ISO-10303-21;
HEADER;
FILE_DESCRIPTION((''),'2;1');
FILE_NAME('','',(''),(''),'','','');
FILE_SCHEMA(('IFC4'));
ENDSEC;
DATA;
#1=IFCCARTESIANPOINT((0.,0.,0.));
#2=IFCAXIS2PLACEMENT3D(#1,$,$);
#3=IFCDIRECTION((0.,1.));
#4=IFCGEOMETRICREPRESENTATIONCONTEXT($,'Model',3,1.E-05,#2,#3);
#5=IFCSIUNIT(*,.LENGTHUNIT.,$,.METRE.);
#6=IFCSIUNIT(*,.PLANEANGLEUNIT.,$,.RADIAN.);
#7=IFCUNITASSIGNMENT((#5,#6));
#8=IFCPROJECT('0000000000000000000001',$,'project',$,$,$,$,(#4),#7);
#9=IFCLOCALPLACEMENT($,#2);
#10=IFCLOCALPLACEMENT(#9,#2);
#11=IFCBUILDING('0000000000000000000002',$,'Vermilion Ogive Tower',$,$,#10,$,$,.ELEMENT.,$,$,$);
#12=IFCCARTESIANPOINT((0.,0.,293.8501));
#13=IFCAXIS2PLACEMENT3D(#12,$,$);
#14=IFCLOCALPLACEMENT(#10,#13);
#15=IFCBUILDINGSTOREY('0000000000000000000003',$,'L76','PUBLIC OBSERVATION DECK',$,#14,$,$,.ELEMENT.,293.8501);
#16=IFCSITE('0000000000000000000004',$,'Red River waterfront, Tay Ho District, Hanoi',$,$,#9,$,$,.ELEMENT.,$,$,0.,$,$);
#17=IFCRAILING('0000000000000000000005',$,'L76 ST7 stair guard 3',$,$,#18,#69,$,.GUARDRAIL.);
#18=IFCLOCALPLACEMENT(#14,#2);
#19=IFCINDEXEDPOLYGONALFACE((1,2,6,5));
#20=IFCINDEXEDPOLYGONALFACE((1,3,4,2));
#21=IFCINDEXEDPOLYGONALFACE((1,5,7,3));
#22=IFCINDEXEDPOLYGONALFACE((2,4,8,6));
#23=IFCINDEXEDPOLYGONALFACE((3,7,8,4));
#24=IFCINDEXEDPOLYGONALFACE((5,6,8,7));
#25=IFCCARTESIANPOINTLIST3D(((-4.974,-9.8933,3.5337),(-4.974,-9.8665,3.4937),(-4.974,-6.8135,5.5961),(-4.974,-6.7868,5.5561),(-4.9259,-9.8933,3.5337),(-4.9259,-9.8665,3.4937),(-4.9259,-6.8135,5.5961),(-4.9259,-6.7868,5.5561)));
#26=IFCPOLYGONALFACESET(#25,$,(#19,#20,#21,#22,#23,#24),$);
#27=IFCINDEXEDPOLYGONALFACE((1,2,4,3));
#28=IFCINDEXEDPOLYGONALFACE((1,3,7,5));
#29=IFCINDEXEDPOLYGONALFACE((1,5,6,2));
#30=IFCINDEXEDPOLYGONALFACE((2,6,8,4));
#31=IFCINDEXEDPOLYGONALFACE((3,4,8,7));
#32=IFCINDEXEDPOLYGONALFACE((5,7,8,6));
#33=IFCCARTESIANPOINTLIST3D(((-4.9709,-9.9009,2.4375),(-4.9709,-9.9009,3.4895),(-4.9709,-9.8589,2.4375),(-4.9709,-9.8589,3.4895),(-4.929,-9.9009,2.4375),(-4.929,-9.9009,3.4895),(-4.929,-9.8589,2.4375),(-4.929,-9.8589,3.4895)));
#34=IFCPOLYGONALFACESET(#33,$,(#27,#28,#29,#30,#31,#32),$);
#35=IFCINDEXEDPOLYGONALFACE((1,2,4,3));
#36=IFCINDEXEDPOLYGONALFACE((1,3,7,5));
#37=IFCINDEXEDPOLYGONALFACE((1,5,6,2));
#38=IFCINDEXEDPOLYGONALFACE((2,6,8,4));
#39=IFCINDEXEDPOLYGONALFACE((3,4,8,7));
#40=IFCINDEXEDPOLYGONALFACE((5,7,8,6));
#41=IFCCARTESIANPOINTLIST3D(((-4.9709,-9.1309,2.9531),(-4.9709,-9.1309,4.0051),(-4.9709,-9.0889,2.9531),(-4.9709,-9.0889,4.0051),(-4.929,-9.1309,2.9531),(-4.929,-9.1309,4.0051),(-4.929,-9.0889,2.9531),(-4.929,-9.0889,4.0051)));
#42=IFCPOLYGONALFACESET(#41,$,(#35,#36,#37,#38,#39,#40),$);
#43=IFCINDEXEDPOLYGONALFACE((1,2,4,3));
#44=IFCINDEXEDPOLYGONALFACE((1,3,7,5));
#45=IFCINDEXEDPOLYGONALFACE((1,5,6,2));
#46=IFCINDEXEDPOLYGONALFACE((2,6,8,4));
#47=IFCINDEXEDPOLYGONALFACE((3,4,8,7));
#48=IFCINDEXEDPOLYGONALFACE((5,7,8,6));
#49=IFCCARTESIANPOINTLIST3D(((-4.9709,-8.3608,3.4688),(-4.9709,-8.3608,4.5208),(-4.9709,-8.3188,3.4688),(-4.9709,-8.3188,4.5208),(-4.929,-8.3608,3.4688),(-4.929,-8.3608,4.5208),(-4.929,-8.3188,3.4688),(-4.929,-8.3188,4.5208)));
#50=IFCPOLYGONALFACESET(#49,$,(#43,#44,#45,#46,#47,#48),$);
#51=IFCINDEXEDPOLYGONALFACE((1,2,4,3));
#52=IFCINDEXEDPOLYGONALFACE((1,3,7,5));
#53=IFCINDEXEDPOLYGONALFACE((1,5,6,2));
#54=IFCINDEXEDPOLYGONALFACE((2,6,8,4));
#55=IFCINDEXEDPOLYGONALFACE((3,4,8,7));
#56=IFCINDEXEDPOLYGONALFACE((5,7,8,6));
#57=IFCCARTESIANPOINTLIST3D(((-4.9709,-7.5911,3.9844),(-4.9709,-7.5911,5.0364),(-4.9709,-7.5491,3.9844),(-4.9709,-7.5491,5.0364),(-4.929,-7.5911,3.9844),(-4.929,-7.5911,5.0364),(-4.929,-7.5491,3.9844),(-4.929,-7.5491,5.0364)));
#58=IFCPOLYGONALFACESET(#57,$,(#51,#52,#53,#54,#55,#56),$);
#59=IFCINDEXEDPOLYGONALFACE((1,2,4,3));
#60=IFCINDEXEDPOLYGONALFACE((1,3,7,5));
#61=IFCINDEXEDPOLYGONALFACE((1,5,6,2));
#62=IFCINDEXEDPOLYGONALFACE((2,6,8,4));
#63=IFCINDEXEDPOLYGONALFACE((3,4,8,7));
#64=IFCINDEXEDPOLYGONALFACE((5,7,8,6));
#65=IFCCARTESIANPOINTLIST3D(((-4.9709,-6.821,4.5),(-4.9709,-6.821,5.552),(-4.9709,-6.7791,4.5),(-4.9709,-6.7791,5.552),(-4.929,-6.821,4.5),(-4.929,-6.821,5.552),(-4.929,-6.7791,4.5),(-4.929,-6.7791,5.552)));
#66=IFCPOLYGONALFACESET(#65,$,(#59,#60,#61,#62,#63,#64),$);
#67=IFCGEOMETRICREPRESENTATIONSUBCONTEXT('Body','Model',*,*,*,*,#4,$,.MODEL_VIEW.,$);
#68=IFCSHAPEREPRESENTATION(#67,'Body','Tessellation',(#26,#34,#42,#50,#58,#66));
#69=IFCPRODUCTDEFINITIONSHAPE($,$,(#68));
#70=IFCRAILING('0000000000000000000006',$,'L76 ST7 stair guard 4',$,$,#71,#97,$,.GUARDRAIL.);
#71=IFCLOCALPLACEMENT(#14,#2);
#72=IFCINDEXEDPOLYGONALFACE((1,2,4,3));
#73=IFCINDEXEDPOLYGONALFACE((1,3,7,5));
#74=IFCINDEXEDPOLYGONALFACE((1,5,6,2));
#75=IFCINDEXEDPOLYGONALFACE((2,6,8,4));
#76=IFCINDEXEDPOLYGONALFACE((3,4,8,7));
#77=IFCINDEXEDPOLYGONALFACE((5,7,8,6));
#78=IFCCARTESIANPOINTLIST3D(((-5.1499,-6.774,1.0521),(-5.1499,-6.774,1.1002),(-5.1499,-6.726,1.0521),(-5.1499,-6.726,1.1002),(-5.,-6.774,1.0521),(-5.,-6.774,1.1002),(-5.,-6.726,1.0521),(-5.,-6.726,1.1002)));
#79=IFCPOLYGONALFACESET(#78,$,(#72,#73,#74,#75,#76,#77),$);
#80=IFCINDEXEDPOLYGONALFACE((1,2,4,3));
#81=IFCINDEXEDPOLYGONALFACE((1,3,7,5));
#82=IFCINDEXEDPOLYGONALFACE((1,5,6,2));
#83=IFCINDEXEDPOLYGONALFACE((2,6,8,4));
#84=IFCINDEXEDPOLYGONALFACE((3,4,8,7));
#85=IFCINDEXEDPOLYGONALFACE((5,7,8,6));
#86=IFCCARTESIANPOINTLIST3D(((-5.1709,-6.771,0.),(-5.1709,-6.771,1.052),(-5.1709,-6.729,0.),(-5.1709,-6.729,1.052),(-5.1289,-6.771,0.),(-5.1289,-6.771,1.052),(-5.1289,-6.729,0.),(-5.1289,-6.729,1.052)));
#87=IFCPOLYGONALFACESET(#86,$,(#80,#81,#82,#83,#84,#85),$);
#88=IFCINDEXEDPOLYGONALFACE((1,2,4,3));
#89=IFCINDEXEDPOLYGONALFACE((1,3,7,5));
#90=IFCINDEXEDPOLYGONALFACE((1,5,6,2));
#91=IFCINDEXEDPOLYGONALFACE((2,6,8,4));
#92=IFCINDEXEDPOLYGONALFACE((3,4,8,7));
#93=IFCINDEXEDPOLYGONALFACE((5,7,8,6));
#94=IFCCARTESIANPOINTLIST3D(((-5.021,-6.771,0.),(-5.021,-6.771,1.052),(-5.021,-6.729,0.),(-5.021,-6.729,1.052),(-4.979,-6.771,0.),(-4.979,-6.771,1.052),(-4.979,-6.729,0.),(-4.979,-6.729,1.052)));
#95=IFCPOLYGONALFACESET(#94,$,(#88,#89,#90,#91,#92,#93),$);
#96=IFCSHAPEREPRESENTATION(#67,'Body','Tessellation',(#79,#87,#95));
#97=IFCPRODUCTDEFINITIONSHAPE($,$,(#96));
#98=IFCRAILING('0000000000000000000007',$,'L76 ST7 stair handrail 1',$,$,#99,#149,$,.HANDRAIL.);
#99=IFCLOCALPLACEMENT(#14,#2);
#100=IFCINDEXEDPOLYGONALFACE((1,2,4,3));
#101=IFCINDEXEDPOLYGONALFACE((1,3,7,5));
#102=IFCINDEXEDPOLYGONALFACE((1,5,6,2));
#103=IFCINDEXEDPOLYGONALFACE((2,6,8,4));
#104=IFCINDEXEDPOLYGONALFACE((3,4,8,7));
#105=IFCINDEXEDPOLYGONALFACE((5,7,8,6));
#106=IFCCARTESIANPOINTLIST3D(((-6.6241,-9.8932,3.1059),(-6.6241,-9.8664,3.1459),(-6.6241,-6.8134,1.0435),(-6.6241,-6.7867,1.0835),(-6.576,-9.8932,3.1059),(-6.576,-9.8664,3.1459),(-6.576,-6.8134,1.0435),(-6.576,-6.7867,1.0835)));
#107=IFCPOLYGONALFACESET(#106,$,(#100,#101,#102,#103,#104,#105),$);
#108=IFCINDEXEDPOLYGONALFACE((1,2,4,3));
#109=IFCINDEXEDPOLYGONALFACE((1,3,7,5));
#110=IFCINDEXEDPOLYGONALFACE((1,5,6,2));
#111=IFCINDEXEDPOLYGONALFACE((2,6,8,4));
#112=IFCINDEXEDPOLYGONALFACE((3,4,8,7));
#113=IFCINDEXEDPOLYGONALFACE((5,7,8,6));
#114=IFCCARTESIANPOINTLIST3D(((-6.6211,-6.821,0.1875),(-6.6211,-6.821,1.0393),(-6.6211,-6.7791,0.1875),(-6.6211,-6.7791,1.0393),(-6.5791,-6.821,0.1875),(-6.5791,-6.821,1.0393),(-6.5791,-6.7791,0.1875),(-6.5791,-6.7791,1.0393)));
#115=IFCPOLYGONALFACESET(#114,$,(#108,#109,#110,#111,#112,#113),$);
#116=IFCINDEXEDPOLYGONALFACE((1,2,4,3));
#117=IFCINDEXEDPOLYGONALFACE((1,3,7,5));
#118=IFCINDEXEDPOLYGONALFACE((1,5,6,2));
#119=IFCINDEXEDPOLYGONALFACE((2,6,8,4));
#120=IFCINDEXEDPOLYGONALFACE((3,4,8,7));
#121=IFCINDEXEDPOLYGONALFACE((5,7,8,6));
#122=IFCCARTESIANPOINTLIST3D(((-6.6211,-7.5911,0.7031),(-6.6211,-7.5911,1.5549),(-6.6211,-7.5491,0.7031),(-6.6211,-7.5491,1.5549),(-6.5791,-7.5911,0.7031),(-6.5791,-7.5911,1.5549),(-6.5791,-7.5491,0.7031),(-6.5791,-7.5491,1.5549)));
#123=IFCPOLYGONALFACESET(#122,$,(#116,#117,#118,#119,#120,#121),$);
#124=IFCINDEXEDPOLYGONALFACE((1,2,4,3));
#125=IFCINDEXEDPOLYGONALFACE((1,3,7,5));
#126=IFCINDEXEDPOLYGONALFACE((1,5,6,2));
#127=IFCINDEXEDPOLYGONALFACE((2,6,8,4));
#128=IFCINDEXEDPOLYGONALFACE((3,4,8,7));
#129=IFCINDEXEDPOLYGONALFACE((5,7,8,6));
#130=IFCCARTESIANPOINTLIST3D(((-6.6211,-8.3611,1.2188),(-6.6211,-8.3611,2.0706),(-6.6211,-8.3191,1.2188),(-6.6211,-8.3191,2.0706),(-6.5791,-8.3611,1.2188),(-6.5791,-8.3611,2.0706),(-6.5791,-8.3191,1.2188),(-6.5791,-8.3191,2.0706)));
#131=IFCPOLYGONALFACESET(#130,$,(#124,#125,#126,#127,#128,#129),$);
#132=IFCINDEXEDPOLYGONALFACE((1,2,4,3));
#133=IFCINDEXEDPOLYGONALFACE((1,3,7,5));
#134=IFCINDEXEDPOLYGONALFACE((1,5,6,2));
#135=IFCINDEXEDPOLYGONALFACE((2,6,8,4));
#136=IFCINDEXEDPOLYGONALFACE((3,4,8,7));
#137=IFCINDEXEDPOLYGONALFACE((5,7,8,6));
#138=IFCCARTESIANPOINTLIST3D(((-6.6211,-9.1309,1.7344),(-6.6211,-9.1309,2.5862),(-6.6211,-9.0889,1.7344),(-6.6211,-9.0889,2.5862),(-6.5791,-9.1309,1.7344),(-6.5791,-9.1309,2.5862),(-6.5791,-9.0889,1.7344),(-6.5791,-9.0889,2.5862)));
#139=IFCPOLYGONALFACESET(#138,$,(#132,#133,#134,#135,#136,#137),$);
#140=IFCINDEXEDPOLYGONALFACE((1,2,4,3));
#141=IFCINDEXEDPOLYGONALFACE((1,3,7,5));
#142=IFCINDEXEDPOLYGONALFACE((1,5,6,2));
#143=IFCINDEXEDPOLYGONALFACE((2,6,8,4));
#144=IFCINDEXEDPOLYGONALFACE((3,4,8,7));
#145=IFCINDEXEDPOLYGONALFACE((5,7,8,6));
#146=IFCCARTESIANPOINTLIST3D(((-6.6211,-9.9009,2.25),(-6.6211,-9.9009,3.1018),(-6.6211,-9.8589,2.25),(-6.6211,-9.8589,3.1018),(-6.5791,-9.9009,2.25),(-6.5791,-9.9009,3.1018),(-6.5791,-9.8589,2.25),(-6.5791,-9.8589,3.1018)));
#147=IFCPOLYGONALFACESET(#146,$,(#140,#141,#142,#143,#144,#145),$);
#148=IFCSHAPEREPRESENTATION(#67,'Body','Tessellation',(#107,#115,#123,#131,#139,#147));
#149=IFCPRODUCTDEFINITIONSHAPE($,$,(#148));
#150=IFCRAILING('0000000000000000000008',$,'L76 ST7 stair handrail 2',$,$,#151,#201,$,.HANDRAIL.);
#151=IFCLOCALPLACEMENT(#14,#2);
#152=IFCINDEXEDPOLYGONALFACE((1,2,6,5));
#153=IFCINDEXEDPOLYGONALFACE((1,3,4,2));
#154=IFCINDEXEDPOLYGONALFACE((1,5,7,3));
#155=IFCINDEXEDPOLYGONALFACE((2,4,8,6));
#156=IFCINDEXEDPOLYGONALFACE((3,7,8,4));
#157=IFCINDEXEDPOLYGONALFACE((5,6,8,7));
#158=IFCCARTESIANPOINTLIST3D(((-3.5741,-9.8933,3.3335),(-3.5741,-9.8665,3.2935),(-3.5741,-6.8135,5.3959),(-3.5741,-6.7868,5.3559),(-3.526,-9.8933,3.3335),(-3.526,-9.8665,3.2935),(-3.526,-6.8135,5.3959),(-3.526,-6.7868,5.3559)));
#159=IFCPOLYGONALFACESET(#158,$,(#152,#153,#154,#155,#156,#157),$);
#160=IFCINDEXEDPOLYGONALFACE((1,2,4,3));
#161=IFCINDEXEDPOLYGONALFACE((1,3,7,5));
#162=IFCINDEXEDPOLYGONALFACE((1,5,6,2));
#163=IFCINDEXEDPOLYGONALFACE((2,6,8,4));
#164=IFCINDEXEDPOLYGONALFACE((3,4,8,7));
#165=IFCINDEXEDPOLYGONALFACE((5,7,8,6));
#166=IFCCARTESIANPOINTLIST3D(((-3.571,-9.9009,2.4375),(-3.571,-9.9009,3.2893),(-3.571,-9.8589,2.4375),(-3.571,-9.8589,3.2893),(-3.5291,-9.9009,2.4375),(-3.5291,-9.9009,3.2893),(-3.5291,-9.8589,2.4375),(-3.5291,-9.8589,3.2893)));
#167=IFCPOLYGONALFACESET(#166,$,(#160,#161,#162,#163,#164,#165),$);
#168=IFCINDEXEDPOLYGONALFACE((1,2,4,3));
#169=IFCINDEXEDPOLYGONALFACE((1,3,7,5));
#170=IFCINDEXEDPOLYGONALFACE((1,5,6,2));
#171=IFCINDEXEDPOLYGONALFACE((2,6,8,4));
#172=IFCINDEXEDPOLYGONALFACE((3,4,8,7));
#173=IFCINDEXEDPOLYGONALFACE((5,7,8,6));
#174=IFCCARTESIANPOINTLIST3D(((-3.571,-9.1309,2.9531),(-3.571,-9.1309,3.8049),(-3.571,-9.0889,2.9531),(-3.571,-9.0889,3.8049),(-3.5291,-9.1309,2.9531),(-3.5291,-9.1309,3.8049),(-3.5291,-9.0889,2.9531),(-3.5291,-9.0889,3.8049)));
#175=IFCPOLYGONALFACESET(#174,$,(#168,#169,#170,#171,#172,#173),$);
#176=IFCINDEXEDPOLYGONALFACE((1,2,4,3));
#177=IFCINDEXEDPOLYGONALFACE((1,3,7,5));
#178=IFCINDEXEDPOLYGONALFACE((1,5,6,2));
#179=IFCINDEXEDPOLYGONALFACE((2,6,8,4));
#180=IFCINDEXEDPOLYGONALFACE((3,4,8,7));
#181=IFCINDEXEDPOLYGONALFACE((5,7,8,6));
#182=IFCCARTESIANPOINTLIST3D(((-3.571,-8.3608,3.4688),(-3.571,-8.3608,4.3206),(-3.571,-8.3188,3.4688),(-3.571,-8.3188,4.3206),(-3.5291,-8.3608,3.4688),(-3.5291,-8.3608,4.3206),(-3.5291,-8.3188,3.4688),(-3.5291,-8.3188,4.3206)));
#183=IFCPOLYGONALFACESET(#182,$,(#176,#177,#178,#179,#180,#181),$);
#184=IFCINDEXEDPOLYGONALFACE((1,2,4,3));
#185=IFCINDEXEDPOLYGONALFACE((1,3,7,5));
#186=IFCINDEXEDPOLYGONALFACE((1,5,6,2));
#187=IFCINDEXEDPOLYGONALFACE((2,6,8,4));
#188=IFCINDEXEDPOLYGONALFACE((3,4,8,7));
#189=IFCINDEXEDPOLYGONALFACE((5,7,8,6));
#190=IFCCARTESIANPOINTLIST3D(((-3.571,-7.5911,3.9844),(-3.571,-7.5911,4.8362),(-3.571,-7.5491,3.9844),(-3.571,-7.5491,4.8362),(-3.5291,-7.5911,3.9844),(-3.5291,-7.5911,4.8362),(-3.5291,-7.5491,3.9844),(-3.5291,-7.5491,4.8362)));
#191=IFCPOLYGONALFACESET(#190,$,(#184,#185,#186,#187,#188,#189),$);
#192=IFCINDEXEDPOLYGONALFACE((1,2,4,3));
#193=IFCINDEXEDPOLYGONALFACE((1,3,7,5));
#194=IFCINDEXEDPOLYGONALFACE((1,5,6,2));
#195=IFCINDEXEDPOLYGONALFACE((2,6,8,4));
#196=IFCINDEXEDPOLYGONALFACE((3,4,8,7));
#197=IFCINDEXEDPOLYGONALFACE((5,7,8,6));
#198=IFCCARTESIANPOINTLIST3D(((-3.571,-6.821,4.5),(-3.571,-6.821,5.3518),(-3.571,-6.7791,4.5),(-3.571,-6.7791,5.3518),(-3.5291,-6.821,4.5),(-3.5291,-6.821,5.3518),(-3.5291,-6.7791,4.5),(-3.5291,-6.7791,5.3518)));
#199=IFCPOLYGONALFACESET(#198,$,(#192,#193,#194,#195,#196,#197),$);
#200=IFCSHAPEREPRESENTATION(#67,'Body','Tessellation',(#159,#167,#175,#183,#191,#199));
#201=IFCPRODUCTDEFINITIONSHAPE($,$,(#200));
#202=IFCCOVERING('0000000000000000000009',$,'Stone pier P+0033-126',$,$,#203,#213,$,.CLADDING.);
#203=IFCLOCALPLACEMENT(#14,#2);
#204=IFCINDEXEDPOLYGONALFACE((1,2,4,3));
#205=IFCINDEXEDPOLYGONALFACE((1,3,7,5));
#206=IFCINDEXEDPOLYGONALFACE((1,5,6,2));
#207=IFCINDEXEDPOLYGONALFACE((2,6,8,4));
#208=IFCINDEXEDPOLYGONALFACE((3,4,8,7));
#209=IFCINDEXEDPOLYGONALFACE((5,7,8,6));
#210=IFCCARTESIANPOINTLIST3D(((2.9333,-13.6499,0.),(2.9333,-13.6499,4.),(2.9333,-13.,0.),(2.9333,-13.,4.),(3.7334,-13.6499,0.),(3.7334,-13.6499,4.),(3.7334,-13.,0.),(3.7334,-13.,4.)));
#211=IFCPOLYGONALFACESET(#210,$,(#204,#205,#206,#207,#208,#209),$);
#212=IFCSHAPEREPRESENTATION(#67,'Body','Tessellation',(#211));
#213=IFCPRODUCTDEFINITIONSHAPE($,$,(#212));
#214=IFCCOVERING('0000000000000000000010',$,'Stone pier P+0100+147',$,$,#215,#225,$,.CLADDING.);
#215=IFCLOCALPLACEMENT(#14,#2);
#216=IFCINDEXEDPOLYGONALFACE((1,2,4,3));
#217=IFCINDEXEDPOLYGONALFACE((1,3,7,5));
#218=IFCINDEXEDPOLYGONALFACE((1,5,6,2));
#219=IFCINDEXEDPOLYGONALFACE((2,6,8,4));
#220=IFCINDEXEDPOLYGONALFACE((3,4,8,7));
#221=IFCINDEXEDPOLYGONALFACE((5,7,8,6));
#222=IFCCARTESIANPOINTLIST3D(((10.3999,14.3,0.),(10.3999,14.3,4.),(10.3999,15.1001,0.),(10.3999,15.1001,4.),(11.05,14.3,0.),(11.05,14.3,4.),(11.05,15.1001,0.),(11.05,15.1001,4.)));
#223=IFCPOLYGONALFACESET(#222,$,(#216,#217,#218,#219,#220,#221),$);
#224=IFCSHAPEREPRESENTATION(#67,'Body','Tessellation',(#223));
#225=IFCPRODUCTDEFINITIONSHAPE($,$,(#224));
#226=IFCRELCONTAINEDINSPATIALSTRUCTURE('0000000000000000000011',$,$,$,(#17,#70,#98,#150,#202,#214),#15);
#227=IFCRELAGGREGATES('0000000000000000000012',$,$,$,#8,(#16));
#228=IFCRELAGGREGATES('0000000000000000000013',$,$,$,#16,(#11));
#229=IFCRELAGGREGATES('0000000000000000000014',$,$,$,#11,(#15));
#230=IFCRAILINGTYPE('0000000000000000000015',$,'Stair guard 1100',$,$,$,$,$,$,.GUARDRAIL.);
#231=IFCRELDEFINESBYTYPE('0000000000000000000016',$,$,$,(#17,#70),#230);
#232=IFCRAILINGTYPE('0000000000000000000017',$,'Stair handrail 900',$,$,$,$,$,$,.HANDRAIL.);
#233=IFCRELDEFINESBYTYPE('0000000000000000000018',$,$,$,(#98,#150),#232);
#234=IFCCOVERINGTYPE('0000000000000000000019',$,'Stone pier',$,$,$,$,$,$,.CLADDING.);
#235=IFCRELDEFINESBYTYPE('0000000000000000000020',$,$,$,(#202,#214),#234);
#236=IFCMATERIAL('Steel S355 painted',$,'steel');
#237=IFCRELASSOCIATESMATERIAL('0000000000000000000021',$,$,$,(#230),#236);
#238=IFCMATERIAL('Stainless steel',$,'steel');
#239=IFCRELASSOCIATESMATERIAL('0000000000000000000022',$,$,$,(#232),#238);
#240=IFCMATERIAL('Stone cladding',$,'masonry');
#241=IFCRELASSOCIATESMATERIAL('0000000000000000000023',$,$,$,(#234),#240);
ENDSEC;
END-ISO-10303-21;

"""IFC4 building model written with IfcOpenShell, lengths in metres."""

from ifc_helpers import new_model, si_unit, direction, frame, origin, origin_2d, place, context, subcontext, project, spatial, polyline, rectangle, outline, extrude, material, type_object, element, save


model = new_model("IFC4")

# Units and contexts
model_context = context("Model", 3, precision=1e-05, world=origin(), true_north=direction((0.0, 1.0)))
body_context = subcontext(model_context, "Body", "Model", "MODEL_VIEW")
ifc_project = project(units=[si_unit("LENGTHUNIT", "METRE"), si_unit("PLANEANGLEUNIT", "RADIAN")], contexts=[model_context])

# Site, building, storey
site_placement = place(None, origin())
site = spatial("IfcSite", under=ifc_project, at=site_placement, Name="Red River waterfront, Tay Ho District, Hanoi", CompositionType="ELEMENT", RefElevation=0.0)
building_placement = place(site_placement, origin())
building = spatial("IfcBuilding", under=site, at=building_placement, Name="Vermilion Ogive Tower", CompositionType="ELEMENT")
storey_placement = place(building_placement, frame((0.0, 0.0, 293.8501)))
storey = spatial("IfcBuildingStorey", under=building, at=storey_placement, Name="L76", Description="PUBLIC OBSERVATION DECK", CompositionType="ELEMENT", Elevation=293.8501)

# Railings
ifc_material_1 = material(Name="Steel S355 painted", Category="steel")
railing_type_1 = type_object("IfcRailingType", Name="Stair guard 1100", PredefinedType="GUARDRAIL", material=ifc_material_1)
railing_1_placement = place(storey_placement, frame((-4.95, -9.8799, 2.4375)))
element("IfcRailing", 1, at=railing_1_placement, inside=storey, type_object=railing_type_1, Name="L76 ST7 stair guard 3", PredefinedType="GUARDRAIL", context=body_context, shape_type="SweptSolid", body=[
    extrude(rectangle(XDim=0.0481, YDim=0.0481, at=origin_2d()), frame((0.0, 0.0, 1.0762), z_axis=(0.0, 0.830893, 0.556432), x_axis=(-1.0, 0.0, 0.0)), (0.0, 0.0, 1.0), 3.7065),
    extrude(rectangle(XDim=0.042, YDim=0.042, at=origin_2d()), origin(), (0.0, 0.0, 1.0), 1.052),
    extrude(rectangle(XDim=0.042, YDim=0.042, at=origin_2d()), frame((0.0, 0.77, 0.5156)), (0.0, 0.0, 1.0), 1.052),
    extrude(rectangle(XDim=0.042, YDim=0.042, at=origin_2d()), frame((0.0, 1.54, 1.0312)), (0.0, 0.0, 1.0), 1.052),
    extrude(rectangle(XDim=0.042, YDim=0.042, at=origin_2d()), frame((0.0, 2.3098, 1.5469)), (0.0, 0.0, 1.0), 1.052),
    extrude(rectangle(XDim=0.042, YDim=0.042, at=origin_2d()), frame((0.0, 3.0798, 2.0625)), (0.0, 0.0, 1.0), 1.052),
])
railing_2_placement = place(storey_placement, frame((-5.1499, -6.75, 0.0)))
element("IfcRailing", 2, at=railing_2_placement, inside=storey, type_object=railing_type_1, Name="L76 ST7 stair guard 4", PredefinedType="GUARDRAIL", context=body_context, shape_type="SweptSolid", body=[
    extrude(rectangle(XDim=0.0481, YDim=0.0481, at=origin_2d()), frame((0.0, 0.0, 1.0762), z_axis=(1.0, 0.0, 0.0), x_axis=(0.0, 1.0, 0.0)), (0.0, 0.0, 1.0), 0.1499),
    extrude(rectangle(XDim=0.042, YDim=0.042, at=origin_2d()), origin(), (0.0, 0.0, 1.0), 1.052),
    extrude(rectangle(XDim=0.042, YDim=0.042, at=origin_2d()), frame((0.1499, 0.0, 0.0)), (0.0, 0.0, 1.0), 1.052),
])
ifc_material_2 = material(Name="Stainless steel", Category="steel")
railing_type_2 = type_object("IfcRailingType", Name="Stair handrail 900", PredefinedType="HANDRAIL", material=ifc_material_2)
railing_3_placement = place(storey_placement, frame((-6.6001, -6.8, 0.1875)))
element("IfcRailing", 3, at=railing_3_placement, inside=storey, type_object=railing_type_2, Name="L76 ST7 stair handrail 1", PredefinedType="HANDRAIL", context=body_context, shape_type="SweptSolid", body=[
    extrude(rectangle(XDim=0.0481, YDim=0.0481, at=origin_2d()), frame((0.0, 0.0, 0.876), z_axis=(0.0, -0.830893, 0.556432), x_axis=(1.0, 0.0, 0.0)), (0.0, 0.0, 1.0), 3.7065),
    extrude(rectangle(XDim=0.042, YDim=0.042, at=origin_2d()), origin(), (0.0, 0.0, 1.0), 0.8518),
    extrude(rectangle(XDim=0.042, YDim=0.042, at=origin_2d()), frame((0.0, -0.77, 0.5156)), (0.0, 0.0, 1.0), 0.8518),
    extrude(rectangle(XDim=0.042, YDim=0.042, at=origin_2d()), frame((0.0, -1.54, 1.0312)), (0.0, 0.0, 1.0), 0.8518),
    extrude(rectangle(XDim=0.042, YDim=0.042, at=origin_2d()), frame((0.0, -2.3098, 1.5469)), (0.0, 0.0, 1.0), 0.8518),
    extrude(rectangle(XDim=0.042, YDim=0.042, at=origin_2d()), frame((0.0, -3.0798, 2.0625)), (0.0, 0.0, 1.0), 0.8518),
])
railing_4_placement = place(storey_placement, frame((-3.55, -9.8799, 2.4375)))
element("IfcRailing", 4, at=railing_4_placement, inside=storey, type_object=railing_type_2, Name="L76 ST7 stair handrail 2", PredefinedType="HANDRAIL", context=body_context, shape_type="SweptSolid", body=[
    extrude(rectangle(XDim=0.0481, YDim=0.0481, at=origin_2d()), frame((0.0, 0.0, 0.876), z_axis=(0.0, 0.830893, 0.556432), x_axis=(-1.0, 0.0, 0.0)), (0.0, 0.0, 1.0), 3.7065),
    extrude(rectangle(XDim=0.042, YDim=0.042, at=origin_2d()), origin(), (0.0, 0.0, 1.0), 0.8518),
    extrude(rectangle(XDim=0.042, YDim=0.042, at=origin_2d()), frame((0.0, 0.77, 0.5156)), (0.0, 0.0, 1.0), 0.8518),
    extrude(rectangle(XDim=0.042, YDim=0.042, at=origin_2d()), frame((0.0, 1.54, 1.0312)), (0.0, 0.0, 1.0), 0.8518),
    extrude(rectangle(XDim=0.042, YDim=0.042, at=origin_2d()), frame((0.0, 2.3098, 1.5469)), (0.0, 0.0, 1.0), 0.8518),
    extrude(rectangle(XDim=0.042, YDim=0.042, at=origin_2d()), frame((0.0, 3.0798, 2.0625)), (0.0, 0.0, 1.0), 0.8518),
])

# Coverings
ifc_material_3 = material(Name="Stone cladding", Category="masonry")
covering_type = type_object("IfcCoveringType", Name="Stone pier", PredefinedType="CLADDING", material=ifc_material_3)
covering_1_placement = place(storey_placement, origin())
element("IfcCovering", 5, at=covering_1_placement, inside=storey, type_object=covering_type, Name="Stone pier P+0033-126", PredefinedType="CLADDING", context=body_context, shape_type="SweptSolid", body=[
    extrude(outline(polyline([(3.7334, -13.0), (3.7334, -13.6499), (2.9333, -13.6499), (2.9333, -13.0), (2.9333, -13.0), (3.7334, -13.0)])), origin(), (0.0, 0.0, 1.0), 4.0),
])
covering_2_placement = place(storey_placement, origin())
element("IfcCovering", 6, at=covering_2_placement, inside=storey, type_object=covering_type, Name="Stone pier P+0100+147", PredefinedType="CLADDING", context=body_context, shape_type="SweptSolid", body=[
    extrude(outline(polyline([(11.05, 15.1001), (11.05, 14.3), (10.3999, 14.3), (10.3999, 15.1001), (11.05, 15.1001)])), origin(), (0.0, 0.0, 1.0), 4.0),
])

save(model, "model.ifc")
